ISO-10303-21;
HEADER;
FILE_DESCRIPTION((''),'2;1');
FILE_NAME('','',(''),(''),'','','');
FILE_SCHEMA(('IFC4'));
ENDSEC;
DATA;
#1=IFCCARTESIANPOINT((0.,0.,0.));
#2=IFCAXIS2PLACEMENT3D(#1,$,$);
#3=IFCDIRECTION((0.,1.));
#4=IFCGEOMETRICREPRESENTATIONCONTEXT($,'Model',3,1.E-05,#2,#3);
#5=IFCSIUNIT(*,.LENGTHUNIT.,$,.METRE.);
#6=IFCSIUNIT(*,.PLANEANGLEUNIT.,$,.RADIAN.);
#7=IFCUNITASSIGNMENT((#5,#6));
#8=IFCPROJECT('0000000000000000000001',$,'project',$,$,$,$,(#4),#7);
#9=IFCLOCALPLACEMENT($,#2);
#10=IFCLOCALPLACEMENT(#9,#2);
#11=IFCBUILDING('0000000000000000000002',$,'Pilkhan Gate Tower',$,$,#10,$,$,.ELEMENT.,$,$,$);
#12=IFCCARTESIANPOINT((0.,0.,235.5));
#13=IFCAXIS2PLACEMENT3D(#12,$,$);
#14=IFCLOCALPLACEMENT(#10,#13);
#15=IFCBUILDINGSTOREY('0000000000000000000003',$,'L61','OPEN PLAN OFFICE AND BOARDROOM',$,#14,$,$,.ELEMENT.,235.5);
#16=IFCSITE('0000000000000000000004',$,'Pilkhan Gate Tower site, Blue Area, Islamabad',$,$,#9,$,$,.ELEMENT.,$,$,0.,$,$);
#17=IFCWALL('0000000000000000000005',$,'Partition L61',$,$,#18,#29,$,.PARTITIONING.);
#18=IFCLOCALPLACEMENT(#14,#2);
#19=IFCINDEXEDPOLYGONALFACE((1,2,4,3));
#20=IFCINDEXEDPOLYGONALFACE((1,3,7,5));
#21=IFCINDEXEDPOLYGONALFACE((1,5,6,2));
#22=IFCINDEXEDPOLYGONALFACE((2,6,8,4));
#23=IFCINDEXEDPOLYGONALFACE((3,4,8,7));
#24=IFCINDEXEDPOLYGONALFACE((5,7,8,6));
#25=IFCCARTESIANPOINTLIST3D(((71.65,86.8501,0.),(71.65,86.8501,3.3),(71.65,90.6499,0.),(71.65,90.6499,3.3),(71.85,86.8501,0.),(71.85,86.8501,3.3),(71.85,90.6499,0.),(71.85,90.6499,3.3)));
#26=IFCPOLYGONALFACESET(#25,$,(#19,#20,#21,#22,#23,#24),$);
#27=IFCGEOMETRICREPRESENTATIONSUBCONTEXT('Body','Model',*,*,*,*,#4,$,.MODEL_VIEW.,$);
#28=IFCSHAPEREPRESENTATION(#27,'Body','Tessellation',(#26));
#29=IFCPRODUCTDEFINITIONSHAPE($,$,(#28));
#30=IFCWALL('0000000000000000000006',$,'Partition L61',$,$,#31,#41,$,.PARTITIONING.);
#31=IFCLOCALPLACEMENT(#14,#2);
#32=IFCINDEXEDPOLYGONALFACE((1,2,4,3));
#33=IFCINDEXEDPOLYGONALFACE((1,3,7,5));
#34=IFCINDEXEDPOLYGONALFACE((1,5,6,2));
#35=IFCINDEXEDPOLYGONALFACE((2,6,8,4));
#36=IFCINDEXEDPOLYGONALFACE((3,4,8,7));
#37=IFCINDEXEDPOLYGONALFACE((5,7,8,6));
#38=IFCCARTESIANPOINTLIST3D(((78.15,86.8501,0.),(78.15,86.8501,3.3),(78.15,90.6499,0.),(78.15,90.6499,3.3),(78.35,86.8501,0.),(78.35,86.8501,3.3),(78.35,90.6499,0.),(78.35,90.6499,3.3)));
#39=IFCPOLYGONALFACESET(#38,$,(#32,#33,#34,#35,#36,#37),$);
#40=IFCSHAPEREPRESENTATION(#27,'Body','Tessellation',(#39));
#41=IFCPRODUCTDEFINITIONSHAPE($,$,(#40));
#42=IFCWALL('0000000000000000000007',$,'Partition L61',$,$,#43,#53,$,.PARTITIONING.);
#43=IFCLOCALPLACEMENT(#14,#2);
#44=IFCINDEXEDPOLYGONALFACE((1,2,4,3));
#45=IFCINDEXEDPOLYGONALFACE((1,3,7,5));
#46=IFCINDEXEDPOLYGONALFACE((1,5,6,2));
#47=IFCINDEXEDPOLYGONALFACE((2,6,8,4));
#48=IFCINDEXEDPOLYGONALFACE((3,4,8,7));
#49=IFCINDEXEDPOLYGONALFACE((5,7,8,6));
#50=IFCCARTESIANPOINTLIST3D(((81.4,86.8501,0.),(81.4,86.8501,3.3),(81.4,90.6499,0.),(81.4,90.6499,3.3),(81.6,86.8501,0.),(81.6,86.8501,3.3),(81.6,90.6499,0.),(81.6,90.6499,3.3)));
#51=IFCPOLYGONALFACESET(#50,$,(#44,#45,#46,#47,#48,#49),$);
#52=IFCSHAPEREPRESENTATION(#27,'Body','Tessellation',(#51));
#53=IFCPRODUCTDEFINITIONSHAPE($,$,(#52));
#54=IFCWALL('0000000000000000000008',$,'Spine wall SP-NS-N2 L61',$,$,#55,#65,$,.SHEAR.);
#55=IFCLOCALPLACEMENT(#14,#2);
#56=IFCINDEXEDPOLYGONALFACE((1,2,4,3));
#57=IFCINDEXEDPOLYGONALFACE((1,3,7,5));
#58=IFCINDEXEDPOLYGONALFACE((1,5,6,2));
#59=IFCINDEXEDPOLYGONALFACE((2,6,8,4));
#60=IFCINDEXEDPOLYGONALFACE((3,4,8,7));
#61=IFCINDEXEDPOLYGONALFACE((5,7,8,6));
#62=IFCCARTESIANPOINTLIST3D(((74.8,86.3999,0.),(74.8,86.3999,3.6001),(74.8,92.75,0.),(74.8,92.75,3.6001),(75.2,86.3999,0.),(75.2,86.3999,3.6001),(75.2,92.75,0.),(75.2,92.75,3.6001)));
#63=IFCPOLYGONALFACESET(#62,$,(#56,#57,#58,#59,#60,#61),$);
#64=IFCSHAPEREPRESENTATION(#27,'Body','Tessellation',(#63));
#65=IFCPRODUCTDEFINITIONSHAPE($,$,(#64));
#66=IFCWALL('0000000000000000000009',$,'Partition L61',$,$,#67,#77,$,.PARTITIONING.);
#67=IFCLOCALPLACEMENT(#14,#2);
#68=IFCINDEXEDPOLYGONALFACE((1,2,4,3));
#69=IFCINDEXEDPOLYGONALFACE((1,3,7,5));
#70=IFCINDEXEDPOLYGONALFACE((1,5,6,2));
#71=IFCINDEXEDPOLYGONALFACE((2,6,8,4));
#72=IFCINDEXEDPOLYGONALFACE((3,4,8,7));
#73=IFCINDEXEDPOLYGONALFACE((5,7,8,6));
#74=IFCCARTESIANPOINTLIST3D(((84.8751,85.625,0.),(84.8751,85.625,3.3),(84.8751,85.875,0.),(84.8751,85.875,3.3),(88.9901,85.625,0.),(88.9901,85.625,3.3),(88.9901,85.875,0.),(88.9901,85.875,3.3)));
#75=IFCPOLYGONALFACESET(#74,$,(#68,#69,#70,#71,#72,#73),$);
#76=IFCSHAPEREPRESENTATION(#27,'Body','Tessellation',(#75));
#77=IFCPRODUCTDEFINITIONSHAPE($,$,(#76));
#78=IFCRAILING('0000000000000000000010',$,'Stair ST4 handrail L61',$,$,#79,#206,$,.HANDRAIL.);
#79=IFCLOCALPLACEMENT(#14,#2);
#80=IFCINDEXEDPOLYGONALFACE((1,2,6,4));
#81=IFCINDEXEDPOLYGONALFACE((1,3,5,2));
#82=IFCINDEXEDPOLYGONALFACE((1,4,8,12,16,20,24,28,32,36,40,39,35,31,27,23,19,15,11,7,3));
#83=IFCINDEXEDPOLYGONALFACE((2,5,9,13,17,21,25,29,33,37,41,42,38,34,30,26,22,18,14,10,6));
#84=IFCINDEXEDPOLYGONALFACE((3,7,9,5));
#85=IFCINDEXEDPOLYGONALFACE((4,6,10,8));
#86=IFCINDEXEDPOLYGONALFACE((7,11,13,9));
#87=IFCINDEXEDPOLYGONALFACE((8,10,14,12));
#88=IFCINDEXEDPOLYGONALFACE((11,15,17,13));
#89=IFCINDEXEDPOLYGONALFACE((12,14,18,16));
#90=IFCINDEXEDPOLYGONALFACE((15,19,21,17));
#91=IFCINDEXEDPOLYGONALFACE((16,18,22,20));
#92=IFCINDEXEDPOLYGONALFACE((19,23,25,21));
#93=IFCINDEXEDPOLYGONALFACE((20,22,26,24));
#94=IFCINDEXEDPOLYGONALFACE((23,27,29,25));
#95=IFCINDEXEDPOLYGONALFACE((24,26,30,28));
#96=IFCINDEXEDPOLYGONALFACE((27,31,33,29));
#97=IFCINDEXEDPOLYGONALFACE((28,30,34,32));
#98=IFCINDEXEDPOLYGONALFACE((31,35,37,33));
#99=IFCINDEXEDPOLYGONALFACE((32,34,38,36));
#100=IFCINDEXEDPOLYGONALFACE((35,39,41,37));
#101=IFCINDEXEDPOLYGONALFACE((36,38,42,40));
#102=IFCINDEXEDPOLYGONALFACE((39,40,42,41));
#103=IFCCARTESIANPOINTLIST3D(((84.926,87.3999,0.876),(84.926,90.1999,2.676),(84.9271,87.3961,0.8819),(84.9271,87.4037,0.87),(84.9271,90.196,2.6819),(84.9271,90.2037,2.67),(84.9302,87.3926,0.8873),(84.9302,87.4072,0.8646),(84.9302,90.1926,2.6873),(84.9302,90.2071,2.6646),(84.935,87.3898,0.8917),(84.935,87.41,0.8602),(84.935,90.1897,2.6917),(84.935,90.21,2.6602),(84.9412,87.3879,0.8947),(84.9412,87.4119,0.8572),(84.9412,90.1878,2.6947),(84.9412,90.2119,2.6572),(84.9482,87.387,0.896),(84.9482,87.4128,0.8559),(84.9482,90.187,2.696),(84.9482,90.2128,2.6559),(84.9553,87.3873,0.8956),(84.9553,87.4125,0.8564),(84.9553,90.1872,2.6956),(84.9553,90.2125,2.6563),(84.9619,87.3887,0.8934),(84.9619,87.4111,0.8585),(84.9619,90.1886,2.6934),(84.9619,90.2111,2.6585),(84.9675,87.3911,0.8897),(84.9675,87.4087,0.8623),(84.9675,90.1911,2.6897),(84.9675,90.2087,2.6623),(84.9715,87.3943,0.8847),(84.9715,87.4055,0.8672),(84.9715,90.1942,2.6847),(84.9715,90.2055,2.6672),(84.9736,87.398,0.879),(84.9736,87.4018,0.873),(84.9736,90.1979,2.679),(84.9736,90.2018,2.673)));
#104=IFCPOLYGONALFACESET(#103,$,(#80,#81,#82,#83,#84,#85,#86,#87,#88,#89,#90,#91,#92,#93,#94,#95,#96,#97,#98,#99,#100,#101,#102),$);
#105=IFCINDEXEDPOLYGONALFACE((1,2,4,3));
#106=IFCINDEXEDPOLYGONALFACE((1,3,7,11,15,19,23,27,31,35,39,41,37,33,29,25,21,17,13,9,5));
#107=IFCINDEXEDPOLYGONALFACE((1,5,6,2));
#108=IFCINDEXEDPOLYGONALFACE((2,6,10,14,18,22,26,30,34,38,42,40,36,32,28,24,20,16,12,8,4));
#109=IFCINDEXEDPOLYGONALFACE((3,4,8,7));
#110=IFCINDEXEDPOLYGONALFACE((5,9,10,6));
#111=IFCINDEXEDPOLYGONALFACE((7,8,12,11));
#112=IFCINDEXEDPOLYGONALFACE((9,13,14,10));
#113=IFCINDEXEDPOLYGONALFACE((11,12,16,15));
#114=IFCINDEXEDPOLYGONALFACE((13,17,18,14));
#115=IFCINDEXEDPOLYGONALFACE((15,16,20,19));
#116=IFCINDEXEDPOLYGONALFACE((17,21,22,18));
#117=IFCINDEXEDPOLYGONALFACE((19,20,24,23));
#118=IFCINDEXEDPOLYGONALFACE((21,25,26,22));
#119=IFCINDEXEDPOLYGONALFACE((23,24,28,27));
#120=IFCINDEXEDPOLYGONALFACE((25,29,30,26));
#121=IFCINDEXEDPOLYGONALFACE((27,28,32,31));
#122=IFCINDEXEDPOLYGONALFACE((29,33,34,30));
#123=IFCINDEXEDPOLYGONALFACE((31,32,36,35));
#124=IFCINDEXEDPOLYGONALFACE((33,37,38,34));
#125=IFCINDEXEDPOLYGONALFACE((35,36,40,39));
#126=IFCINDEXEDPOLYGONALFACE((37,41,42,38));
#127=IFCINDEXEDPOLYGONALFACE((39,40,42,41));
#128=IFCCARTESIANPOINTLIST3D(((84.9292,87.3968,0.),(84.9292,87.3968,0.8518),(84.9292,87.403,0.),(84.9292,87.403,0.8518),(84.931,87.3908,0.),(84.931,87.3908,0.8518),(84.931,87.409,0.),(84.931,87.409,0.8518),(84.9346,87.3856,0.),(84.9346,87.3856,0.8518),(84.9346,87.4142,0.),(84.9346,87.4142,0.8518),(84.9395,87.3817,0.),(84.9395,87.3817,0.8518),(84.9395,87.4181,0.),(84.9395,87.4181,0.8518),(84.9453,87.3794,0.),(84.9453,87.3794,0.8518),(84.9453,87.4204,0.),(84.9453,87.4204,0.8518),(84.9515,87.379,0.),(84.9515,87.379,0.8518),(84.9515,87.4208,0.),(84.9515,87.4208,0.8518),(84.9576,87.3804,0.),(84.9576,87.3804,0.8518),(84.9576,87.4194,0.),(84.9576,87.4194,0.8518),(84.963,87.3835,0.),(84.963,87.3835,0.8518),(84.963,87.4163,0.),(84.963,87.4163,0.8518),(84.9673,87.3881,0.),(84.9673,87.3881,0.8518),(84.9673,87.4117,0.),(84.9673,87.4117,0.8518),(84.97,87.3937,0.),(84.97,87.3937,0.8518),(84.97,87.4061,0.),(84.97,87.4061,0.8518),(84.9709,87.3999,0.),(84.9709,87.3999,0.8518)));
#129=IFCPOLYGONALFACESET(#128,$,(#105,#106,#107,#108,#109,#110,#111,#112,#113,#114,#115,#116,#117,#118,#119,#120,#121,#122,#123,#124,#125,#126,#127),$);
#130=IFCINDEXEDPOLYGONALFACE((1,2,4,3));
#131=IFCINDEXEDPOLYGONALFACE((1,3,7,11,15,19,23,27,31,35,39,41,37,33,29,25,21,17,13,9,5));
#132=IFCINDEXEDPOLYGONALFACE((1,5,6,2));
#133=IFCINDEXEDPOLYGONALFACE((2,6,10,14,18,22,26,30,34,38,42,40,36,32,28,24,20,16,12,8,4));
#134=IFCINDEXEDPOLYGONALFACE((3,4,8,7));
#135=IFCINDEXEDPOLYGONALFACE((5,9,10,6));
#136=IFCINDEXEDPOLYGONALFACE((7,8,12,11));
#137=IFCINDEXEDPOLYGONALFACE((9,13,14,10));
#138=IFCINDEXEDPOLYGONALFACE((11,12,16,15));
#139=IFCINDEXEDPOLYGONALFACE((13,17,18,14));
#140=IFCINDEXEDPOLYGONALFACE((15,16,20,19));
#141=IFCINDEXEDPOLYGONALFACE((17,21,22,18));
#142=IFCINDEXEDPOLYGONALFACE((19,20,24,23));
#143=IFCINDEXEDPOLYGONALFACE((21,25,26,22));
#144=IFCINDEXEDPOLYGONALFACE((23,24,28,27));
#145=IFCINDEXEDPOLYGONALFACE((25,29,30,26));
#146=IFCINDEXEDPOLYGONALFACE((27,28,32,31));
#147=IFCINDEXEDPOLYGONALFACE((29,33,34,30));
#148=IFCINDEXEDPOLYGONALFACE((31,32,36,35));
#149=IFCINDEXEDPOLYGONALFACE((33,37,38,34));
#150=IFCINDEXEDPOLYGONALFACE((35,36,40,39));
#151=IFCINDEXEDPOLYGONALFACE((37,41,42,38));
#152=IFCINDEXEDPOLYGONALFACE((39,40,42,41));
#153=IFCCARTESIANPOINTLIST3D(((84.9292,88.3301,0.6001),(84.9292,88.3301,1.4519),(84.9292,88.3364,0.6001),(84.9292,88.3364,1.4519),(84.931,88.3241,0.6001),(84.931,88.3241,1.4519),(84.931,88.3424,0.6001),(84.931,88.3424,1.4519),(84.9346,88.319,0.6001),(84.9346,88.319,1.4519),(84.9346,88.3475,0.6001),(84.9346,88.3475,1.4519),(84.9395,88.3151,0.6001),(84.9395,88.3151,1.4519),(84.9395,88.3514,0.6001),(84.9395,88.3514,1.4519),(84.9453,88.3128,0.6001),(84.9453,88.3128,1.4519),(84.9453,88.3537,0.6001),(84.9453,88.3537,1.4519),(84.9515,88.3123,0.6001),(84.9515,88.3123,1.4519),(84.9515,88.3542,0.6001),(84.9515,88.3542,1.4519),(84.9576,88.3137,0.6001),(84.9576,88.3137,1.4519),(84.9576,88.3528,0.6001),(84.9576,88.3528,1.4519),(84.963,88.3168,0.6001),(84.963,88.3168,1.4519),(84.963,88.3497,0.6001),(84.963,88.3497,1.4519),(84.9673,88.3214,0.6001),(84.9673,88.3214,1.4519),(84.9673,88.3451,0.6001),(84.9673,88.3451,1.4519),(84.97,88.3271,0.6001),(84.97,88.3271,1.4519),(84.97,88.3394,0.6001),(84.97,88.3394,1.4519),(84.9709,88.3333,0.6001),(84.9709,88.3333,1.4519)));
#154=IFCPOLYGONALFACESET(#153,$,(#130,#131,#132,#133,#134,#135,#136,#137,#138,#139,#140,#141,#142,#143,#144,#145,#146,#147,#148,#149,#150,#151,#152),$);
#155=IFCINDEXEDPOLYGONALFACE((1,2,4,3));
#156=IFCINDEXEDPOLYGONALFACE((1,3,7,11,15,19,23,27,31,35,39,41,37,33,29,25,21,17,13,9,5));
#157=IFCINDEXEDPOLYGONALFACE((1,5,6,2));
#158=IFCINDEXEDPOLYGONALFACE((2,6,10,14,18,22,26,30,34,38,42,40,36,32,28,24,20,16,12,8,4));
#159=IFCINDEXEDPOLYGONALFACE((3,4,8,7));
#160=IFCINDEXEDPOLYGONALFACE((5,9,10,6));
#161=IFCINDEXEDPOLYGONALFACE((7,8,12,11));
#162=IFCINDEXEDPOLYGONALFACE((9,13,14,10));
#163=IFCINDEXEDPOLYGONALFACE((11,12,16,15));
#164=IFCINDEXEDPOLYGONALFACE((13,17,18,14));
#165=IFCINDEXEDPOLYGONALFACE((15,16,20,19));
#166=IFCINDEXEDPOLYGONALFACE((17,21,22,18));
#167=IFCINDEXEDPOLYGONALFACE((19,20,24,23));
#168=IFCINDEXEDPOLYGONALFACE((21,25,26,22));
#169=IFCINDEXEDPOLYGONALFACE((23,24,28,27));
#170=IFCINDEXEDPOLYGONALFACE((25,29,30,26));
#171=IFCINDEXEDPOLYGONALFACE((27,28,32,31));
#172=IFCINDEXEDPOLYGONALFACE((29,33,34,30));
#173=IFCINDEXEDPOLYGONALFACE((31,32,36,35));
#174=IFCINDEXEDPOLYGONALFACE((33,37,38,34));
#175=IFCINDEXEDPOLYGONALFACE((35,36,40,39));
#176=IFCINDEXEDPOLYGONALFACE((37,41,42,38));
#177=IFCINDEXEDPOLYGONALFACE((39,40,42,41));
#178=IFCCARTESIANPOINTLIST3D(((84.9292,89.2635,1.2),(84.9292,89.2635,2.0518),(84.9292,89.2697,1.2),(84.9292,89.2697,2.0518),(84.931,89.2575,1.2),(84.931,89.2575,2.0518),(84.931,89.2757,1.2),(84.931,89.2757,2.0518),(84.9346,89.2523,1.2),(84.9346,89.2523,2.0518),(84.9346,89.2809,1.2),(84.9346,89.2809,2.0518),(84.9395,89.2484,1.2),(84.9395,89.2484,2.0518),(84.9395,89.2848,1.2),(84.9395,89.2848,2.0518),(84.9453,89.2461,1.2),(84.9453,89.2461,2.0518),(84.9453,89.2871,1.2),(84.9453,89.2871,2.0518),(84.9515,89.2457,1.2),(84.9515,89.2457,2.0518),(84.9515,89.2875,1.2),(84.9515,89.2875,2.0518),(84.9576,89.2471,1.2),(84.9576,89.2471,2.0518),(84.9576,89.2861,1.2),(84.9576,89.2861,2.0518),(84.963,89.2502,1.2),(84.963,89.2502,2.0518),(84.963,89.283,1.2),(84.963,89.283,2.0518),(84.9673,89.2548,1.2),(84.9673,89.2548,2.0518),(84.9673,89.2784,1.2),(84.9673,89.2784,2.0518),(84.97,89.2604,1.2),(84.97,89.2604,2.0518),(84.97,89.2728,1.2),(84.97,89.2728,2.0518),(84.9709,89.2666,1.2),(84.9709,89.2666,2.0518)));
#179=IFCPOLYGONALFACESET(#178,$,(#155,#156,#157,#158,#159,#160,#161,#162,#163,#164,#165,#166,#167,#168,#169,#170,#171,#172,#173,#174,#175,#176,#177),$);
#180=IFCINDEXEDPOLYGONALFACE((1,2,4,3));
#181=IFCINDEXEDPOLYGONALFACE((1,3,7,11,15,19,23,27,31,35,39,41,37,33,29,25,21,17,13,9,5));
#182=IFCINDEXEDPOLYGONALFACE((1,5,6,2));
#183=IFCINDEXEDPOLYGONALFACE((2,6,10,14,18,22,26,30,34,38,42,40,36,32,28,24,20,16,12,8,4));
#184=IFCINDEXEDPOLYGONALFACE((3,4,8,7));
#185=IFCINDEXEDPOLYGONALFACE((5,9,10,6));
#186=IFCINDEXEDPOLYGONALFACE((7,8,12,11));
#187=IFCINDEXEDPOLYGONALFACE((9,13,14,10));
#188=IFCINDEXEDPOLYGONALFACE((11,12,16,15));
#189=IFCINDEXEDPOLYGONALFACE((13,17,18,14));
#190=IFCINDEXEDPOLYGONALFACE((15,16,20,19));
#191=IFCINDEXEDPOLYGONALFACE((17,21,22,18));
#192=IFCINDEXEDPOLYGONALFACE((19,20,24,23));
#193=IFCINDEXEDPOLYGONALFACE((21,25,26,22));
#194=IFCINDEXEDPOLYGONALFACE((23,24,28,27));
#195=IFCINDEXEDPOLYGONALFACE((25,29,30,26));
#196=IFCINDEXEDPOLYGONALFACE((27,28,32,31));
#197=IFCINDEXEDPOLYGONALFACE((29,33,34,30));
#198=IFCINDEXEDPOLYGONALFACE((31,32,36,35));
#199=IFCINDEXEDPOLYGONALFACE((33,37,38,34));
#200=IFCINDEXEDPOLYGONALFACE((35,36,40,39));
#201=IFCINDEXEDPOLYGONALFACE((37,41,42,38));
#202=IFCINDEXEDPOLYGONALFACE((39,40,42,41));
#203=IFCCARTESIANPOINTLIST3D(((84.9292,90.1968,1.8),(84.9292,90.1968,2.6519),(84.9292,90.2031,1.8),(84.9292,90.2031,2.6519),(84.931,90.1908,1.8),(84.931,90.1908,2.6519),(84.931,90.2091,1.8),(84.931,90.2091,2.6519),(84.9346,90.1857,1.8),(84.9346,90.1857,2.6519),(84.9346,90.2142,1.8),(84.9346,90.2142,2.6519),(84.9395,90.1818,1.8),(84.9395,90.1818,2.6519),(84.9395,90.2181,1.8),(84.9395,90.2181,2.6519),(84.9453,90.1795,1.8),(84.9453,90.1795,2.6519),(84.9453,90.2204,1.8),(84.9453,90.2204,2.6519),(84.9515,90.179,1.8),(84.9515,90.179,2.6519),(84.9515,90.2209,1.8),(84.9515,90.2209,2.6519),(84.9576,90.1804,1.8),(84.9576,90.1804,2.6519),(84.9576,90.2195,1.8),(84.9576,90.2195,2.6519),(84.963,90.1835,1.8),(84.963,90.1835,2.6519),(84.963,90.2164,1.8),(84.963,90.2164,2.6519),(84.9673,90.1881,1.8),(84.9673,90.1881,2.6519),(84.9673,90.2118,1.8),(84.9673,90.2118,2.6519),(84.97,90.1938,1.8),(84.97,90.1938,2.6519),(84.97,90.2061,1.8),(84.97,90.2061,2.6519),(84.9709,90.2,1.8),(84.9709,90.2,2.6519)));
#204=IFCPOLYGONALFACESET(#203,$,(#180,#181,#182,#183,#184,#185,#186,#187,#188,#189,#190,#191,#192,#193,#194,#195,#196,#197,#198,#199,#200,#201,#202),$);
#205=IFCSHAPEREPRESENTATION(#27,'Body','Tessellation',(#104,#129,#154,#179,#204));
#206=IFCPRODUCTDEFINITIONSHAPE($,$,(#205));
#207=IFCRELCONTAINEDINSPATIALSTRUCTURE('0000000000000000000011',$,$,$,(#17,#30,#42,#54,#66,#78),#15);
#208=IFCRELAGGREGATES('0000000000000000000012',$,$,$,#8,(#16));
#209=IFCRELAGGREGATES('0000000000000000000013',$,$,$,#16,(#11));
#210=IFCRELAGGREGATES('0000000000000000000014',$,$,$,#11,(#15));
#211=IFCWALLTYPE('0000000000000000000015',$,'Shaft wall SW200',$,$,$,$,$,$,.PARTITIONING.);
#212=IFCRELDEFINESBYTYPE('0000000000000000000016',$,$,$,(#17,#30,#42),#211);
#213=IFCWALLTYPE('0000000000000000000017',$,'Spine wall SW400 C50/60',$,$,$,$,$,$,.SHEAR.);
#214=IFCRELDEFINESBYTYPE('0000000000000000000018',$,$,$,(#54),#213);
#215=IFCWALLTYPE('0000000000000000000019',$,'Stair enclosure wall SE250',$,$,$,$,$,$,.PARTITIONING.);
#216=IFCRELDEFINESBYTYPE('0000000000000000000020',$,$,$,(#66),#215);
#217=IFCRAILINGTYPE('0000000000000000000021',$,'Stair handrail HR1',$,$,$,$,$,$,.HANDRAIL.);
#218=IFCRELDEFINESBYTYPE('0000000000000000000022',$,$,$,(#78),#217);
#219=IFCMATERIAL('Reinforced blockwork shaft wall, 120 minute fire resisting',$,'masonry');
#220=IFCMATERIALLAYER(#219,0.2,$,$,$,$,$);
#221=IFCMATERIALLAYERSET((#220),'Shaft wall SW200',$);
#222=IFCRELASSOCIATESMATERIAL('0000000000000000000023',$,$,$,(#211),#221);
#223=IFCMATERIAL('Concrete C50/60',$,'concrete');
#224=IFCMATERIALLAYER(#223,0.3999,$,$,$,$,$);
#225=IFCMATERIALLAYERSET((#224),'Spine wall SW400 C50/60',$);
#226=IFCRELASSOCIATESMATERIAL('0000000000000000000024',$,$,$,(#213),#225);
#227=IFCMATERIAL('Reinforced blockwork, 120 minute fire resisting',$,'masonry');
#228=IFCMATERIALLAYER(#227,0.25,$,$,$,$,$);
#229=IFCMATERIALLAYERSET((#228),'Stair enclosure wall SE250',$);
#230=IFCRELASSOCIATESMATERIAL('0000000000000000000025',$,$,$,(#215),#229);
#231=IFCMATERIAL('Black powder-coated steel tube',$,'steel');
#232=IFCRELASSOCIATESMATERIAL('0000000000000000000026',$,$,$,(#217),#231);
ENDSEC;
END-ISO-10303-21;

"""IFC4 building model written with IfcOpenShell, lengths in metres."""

from ifc_helpers import new_model, si_unit, direction, frame, frame_2d, origin, origin_2d, place, context, subcontext, project, spatial, rectangle, circle, extrude, material, layer, layer_set, type_object, element, save


model = new_model("IFC4")

# Units and contexts
model_context = context("Model", 3, precision=1e-05, world=origin(), true_north=direction((0.0, 1.0)))
body_context = subcontext(model_context, "Body", "Model", "MODEL_VIEW")
ifc_project = project(units=[si_unit("LENGTHUNIT", "METRE"), si_unit("PLANEANGLEUNIT", "RADIAN")], contexts=[model_context])

# Site, building, storey
site_placement = place(None, origin())
site = spatial("IfcSite", under=ifc_project, at=site_placement, Name="Pilkhan Gate Tower site, Blue Area, Islamabad", CompositionType="ELEMENT", RefElevation=0.0)
building_placement = place(site_placement, origin())
building = spatial("IfcBuilding", under=site, at=building_placement, Name="Pilkhan Gate Tower", CompositionType="ELEMENT")
storey_placement = place(building_placement, frame((0.0, 0.0, 235.5)))
storey = spatial("IfcBuildingStorey", under=building, at=storey_placement, Name="L61", Description="OPEN PLAN OFFICE AND BOARDROOM", CompositionType="ELEMENT", Elevation=235.5)

# Shared definitions
ifc_material_1 = material(Name="Reinforced blockwork shaft wall, 120 minute fire resisting", Category="masonry")
ifc_layer_1 = layer(ifc_material_1, 0.2)
ifc_layer_set_1 = layer_set([ifc_layer_1], Name="Shaft wall SW200")
wall_type_1 = type_object("IfcWallType", Name="Shaft wall SW200", PredefinedType="PARTITIONING", material=ifc_layer_set_1)

# Walls
for number, where, z_axis, x_axis, name in (
    (1, (71.75, 86.8501, 0.0), (0.0, 0.0, 1.0), (0.0, 1.0, 0.0), "Partition L61"),
    (2, (78.25, 86.8501, 0.0), (0.0, 0.0, 1.0), (0.0, 1.0, 0.0), "Partition L61"),
    (3, (81.5, 86.8501, 0.0), (0.0, 0.0, 1.0), (0.0, 1.0, 0.0), "Partition L61"),
):
    element("IfcWall", number, at=place(storey_placement, frame(where, z_axis=z_axis, x_axis=x_axis)), inside=storey, type_object=wall_type_1, Name=name, PredefinedType="PARTITIONING", context=body_context, shape_type="SweptSolid", body=[
        extrude(rectangle(XDim=3.7998, YDim=0.2, at=frame_2d((1.8999, 0.0))), origin(), (0.0, 0.0, 1.0), 3.3),
    ])
ifc_material_2 = material(Name="Concrete C50/60", Category="concrete")
ifc_layer_2 = layer(ifc_material_2, 0.3999)
ifc_layer_set_2 = layer_set([ifc_layer_2], Name="Spine wall SW400 C50/60")
wall_type_2 = type_object("IfcWallType", Name="Spine wall SW400 C50/60", PredefinedType="SHEAR", material=ifc_layer_set_2)
wall_1_placement = place(storey_placement, frame((75.0, 86.3999, 0.0), z_axis=(0.0, 0.0, 1.0), x_axis=(0.0, 1.0, 0.0)))
element("IfcWall", 4, at=wall_1_placement, inside=storey, type_object=wall_type_2, Name="Spine wall SP-NS-N2 L61", PredefinedType="SHEAR", context=body_context, shape_type="SweptSolid", body=[
    extrude(rectangle(XDim=6.3501, YDim=0.3999, at=frame_2d((3.175, 0.0))), origin(), (0.0, 0.0, 1.0), 3.6001),
])
ifc_material_3 = material(Name="Reinforced blockwork, 120 minute fire resisting", Category="masonry")
ifc_layer_3 = layer(ifc_material_3, 0.25)
ifc_layer_set_3 = layer_set([ifc_layer_3], Name="Stair enclosure wall SE250")
wall_type_3 = type_object("IfcWallType", Name="Stair enclosure wall SE250", PredefinedType="PARTITIONING", material=ifc_layer_set_3)
wall_2_placement = place(storey_placement, frame((84.875, 85.75, 0.0), z_axis=(0.0, 0.0, 1.0), x_axis=(1.0, 0.0, 0.0)))
element("IfcWall", 5, at=wall_2_placement, inside=storey, type_object=wall_type_3, Name="Partition L61", PredefinedType="PARTITIONING", context=body_context, shape_type="SweptSolid", body=[
    extrude(rectangle(XDim=4.115, YDim=0.25, at=frame_2d((2.0576, 0.0))), origin(), (0.0, 0.0, 1.0), 3.3),
])

# Railing
ifc_material_4 = material(Name="Black powder-coated steel tube", Category="steel")
railing_type = type_object("IfcRailingType", Name="Stair handrail HR1", PredefinedType="HANDRAIL", material=ifc_material_4)
railing_placement = place(storey_placement, frame((84.95, 87.3999, 0.0)))
element("IfcRailing", 6, at=railing_placement, inside=storey, type_object=railing_type, Name="Stair ST4 handrail L61", PredefinedType="HANDRAIL", context=body_context, shape_type="SweptSolid", body=[
    extrude(circle(Radius=0.0239, at=origin_2d()), frame((0.0, 0.0, 0.876), z_axis=(0.0, 0.841176, 0.540761), x_axis=(-1.0, 0.0, 0.0)), (0.0, 0.0, 1.0), 3.3286),
    extrude(circle(Radius=0.021, at=origin_2d()), origin(), (0.0, 0.0, 1.0), 0.8518),
    extrude(circle(Radius=0.021, at=origin_2d()), frame((0.0, 0.9333, 0.6001)), (0.0, 0.0, 1.0), 0.8518),
    extrude(circle(Radius=0.021, at=origin_2d()), frame((0.0, 1.8667, 1.2)), (0.0, 0.0, 1.0), 0.8518),
    extrude(circle(Radius=0.021, at=origin_2d()), frame((0.0, 2.8, 1.8)), (0.0, 0.0, 1.0), 0.8518),
])

save(model, "model.ifc")
